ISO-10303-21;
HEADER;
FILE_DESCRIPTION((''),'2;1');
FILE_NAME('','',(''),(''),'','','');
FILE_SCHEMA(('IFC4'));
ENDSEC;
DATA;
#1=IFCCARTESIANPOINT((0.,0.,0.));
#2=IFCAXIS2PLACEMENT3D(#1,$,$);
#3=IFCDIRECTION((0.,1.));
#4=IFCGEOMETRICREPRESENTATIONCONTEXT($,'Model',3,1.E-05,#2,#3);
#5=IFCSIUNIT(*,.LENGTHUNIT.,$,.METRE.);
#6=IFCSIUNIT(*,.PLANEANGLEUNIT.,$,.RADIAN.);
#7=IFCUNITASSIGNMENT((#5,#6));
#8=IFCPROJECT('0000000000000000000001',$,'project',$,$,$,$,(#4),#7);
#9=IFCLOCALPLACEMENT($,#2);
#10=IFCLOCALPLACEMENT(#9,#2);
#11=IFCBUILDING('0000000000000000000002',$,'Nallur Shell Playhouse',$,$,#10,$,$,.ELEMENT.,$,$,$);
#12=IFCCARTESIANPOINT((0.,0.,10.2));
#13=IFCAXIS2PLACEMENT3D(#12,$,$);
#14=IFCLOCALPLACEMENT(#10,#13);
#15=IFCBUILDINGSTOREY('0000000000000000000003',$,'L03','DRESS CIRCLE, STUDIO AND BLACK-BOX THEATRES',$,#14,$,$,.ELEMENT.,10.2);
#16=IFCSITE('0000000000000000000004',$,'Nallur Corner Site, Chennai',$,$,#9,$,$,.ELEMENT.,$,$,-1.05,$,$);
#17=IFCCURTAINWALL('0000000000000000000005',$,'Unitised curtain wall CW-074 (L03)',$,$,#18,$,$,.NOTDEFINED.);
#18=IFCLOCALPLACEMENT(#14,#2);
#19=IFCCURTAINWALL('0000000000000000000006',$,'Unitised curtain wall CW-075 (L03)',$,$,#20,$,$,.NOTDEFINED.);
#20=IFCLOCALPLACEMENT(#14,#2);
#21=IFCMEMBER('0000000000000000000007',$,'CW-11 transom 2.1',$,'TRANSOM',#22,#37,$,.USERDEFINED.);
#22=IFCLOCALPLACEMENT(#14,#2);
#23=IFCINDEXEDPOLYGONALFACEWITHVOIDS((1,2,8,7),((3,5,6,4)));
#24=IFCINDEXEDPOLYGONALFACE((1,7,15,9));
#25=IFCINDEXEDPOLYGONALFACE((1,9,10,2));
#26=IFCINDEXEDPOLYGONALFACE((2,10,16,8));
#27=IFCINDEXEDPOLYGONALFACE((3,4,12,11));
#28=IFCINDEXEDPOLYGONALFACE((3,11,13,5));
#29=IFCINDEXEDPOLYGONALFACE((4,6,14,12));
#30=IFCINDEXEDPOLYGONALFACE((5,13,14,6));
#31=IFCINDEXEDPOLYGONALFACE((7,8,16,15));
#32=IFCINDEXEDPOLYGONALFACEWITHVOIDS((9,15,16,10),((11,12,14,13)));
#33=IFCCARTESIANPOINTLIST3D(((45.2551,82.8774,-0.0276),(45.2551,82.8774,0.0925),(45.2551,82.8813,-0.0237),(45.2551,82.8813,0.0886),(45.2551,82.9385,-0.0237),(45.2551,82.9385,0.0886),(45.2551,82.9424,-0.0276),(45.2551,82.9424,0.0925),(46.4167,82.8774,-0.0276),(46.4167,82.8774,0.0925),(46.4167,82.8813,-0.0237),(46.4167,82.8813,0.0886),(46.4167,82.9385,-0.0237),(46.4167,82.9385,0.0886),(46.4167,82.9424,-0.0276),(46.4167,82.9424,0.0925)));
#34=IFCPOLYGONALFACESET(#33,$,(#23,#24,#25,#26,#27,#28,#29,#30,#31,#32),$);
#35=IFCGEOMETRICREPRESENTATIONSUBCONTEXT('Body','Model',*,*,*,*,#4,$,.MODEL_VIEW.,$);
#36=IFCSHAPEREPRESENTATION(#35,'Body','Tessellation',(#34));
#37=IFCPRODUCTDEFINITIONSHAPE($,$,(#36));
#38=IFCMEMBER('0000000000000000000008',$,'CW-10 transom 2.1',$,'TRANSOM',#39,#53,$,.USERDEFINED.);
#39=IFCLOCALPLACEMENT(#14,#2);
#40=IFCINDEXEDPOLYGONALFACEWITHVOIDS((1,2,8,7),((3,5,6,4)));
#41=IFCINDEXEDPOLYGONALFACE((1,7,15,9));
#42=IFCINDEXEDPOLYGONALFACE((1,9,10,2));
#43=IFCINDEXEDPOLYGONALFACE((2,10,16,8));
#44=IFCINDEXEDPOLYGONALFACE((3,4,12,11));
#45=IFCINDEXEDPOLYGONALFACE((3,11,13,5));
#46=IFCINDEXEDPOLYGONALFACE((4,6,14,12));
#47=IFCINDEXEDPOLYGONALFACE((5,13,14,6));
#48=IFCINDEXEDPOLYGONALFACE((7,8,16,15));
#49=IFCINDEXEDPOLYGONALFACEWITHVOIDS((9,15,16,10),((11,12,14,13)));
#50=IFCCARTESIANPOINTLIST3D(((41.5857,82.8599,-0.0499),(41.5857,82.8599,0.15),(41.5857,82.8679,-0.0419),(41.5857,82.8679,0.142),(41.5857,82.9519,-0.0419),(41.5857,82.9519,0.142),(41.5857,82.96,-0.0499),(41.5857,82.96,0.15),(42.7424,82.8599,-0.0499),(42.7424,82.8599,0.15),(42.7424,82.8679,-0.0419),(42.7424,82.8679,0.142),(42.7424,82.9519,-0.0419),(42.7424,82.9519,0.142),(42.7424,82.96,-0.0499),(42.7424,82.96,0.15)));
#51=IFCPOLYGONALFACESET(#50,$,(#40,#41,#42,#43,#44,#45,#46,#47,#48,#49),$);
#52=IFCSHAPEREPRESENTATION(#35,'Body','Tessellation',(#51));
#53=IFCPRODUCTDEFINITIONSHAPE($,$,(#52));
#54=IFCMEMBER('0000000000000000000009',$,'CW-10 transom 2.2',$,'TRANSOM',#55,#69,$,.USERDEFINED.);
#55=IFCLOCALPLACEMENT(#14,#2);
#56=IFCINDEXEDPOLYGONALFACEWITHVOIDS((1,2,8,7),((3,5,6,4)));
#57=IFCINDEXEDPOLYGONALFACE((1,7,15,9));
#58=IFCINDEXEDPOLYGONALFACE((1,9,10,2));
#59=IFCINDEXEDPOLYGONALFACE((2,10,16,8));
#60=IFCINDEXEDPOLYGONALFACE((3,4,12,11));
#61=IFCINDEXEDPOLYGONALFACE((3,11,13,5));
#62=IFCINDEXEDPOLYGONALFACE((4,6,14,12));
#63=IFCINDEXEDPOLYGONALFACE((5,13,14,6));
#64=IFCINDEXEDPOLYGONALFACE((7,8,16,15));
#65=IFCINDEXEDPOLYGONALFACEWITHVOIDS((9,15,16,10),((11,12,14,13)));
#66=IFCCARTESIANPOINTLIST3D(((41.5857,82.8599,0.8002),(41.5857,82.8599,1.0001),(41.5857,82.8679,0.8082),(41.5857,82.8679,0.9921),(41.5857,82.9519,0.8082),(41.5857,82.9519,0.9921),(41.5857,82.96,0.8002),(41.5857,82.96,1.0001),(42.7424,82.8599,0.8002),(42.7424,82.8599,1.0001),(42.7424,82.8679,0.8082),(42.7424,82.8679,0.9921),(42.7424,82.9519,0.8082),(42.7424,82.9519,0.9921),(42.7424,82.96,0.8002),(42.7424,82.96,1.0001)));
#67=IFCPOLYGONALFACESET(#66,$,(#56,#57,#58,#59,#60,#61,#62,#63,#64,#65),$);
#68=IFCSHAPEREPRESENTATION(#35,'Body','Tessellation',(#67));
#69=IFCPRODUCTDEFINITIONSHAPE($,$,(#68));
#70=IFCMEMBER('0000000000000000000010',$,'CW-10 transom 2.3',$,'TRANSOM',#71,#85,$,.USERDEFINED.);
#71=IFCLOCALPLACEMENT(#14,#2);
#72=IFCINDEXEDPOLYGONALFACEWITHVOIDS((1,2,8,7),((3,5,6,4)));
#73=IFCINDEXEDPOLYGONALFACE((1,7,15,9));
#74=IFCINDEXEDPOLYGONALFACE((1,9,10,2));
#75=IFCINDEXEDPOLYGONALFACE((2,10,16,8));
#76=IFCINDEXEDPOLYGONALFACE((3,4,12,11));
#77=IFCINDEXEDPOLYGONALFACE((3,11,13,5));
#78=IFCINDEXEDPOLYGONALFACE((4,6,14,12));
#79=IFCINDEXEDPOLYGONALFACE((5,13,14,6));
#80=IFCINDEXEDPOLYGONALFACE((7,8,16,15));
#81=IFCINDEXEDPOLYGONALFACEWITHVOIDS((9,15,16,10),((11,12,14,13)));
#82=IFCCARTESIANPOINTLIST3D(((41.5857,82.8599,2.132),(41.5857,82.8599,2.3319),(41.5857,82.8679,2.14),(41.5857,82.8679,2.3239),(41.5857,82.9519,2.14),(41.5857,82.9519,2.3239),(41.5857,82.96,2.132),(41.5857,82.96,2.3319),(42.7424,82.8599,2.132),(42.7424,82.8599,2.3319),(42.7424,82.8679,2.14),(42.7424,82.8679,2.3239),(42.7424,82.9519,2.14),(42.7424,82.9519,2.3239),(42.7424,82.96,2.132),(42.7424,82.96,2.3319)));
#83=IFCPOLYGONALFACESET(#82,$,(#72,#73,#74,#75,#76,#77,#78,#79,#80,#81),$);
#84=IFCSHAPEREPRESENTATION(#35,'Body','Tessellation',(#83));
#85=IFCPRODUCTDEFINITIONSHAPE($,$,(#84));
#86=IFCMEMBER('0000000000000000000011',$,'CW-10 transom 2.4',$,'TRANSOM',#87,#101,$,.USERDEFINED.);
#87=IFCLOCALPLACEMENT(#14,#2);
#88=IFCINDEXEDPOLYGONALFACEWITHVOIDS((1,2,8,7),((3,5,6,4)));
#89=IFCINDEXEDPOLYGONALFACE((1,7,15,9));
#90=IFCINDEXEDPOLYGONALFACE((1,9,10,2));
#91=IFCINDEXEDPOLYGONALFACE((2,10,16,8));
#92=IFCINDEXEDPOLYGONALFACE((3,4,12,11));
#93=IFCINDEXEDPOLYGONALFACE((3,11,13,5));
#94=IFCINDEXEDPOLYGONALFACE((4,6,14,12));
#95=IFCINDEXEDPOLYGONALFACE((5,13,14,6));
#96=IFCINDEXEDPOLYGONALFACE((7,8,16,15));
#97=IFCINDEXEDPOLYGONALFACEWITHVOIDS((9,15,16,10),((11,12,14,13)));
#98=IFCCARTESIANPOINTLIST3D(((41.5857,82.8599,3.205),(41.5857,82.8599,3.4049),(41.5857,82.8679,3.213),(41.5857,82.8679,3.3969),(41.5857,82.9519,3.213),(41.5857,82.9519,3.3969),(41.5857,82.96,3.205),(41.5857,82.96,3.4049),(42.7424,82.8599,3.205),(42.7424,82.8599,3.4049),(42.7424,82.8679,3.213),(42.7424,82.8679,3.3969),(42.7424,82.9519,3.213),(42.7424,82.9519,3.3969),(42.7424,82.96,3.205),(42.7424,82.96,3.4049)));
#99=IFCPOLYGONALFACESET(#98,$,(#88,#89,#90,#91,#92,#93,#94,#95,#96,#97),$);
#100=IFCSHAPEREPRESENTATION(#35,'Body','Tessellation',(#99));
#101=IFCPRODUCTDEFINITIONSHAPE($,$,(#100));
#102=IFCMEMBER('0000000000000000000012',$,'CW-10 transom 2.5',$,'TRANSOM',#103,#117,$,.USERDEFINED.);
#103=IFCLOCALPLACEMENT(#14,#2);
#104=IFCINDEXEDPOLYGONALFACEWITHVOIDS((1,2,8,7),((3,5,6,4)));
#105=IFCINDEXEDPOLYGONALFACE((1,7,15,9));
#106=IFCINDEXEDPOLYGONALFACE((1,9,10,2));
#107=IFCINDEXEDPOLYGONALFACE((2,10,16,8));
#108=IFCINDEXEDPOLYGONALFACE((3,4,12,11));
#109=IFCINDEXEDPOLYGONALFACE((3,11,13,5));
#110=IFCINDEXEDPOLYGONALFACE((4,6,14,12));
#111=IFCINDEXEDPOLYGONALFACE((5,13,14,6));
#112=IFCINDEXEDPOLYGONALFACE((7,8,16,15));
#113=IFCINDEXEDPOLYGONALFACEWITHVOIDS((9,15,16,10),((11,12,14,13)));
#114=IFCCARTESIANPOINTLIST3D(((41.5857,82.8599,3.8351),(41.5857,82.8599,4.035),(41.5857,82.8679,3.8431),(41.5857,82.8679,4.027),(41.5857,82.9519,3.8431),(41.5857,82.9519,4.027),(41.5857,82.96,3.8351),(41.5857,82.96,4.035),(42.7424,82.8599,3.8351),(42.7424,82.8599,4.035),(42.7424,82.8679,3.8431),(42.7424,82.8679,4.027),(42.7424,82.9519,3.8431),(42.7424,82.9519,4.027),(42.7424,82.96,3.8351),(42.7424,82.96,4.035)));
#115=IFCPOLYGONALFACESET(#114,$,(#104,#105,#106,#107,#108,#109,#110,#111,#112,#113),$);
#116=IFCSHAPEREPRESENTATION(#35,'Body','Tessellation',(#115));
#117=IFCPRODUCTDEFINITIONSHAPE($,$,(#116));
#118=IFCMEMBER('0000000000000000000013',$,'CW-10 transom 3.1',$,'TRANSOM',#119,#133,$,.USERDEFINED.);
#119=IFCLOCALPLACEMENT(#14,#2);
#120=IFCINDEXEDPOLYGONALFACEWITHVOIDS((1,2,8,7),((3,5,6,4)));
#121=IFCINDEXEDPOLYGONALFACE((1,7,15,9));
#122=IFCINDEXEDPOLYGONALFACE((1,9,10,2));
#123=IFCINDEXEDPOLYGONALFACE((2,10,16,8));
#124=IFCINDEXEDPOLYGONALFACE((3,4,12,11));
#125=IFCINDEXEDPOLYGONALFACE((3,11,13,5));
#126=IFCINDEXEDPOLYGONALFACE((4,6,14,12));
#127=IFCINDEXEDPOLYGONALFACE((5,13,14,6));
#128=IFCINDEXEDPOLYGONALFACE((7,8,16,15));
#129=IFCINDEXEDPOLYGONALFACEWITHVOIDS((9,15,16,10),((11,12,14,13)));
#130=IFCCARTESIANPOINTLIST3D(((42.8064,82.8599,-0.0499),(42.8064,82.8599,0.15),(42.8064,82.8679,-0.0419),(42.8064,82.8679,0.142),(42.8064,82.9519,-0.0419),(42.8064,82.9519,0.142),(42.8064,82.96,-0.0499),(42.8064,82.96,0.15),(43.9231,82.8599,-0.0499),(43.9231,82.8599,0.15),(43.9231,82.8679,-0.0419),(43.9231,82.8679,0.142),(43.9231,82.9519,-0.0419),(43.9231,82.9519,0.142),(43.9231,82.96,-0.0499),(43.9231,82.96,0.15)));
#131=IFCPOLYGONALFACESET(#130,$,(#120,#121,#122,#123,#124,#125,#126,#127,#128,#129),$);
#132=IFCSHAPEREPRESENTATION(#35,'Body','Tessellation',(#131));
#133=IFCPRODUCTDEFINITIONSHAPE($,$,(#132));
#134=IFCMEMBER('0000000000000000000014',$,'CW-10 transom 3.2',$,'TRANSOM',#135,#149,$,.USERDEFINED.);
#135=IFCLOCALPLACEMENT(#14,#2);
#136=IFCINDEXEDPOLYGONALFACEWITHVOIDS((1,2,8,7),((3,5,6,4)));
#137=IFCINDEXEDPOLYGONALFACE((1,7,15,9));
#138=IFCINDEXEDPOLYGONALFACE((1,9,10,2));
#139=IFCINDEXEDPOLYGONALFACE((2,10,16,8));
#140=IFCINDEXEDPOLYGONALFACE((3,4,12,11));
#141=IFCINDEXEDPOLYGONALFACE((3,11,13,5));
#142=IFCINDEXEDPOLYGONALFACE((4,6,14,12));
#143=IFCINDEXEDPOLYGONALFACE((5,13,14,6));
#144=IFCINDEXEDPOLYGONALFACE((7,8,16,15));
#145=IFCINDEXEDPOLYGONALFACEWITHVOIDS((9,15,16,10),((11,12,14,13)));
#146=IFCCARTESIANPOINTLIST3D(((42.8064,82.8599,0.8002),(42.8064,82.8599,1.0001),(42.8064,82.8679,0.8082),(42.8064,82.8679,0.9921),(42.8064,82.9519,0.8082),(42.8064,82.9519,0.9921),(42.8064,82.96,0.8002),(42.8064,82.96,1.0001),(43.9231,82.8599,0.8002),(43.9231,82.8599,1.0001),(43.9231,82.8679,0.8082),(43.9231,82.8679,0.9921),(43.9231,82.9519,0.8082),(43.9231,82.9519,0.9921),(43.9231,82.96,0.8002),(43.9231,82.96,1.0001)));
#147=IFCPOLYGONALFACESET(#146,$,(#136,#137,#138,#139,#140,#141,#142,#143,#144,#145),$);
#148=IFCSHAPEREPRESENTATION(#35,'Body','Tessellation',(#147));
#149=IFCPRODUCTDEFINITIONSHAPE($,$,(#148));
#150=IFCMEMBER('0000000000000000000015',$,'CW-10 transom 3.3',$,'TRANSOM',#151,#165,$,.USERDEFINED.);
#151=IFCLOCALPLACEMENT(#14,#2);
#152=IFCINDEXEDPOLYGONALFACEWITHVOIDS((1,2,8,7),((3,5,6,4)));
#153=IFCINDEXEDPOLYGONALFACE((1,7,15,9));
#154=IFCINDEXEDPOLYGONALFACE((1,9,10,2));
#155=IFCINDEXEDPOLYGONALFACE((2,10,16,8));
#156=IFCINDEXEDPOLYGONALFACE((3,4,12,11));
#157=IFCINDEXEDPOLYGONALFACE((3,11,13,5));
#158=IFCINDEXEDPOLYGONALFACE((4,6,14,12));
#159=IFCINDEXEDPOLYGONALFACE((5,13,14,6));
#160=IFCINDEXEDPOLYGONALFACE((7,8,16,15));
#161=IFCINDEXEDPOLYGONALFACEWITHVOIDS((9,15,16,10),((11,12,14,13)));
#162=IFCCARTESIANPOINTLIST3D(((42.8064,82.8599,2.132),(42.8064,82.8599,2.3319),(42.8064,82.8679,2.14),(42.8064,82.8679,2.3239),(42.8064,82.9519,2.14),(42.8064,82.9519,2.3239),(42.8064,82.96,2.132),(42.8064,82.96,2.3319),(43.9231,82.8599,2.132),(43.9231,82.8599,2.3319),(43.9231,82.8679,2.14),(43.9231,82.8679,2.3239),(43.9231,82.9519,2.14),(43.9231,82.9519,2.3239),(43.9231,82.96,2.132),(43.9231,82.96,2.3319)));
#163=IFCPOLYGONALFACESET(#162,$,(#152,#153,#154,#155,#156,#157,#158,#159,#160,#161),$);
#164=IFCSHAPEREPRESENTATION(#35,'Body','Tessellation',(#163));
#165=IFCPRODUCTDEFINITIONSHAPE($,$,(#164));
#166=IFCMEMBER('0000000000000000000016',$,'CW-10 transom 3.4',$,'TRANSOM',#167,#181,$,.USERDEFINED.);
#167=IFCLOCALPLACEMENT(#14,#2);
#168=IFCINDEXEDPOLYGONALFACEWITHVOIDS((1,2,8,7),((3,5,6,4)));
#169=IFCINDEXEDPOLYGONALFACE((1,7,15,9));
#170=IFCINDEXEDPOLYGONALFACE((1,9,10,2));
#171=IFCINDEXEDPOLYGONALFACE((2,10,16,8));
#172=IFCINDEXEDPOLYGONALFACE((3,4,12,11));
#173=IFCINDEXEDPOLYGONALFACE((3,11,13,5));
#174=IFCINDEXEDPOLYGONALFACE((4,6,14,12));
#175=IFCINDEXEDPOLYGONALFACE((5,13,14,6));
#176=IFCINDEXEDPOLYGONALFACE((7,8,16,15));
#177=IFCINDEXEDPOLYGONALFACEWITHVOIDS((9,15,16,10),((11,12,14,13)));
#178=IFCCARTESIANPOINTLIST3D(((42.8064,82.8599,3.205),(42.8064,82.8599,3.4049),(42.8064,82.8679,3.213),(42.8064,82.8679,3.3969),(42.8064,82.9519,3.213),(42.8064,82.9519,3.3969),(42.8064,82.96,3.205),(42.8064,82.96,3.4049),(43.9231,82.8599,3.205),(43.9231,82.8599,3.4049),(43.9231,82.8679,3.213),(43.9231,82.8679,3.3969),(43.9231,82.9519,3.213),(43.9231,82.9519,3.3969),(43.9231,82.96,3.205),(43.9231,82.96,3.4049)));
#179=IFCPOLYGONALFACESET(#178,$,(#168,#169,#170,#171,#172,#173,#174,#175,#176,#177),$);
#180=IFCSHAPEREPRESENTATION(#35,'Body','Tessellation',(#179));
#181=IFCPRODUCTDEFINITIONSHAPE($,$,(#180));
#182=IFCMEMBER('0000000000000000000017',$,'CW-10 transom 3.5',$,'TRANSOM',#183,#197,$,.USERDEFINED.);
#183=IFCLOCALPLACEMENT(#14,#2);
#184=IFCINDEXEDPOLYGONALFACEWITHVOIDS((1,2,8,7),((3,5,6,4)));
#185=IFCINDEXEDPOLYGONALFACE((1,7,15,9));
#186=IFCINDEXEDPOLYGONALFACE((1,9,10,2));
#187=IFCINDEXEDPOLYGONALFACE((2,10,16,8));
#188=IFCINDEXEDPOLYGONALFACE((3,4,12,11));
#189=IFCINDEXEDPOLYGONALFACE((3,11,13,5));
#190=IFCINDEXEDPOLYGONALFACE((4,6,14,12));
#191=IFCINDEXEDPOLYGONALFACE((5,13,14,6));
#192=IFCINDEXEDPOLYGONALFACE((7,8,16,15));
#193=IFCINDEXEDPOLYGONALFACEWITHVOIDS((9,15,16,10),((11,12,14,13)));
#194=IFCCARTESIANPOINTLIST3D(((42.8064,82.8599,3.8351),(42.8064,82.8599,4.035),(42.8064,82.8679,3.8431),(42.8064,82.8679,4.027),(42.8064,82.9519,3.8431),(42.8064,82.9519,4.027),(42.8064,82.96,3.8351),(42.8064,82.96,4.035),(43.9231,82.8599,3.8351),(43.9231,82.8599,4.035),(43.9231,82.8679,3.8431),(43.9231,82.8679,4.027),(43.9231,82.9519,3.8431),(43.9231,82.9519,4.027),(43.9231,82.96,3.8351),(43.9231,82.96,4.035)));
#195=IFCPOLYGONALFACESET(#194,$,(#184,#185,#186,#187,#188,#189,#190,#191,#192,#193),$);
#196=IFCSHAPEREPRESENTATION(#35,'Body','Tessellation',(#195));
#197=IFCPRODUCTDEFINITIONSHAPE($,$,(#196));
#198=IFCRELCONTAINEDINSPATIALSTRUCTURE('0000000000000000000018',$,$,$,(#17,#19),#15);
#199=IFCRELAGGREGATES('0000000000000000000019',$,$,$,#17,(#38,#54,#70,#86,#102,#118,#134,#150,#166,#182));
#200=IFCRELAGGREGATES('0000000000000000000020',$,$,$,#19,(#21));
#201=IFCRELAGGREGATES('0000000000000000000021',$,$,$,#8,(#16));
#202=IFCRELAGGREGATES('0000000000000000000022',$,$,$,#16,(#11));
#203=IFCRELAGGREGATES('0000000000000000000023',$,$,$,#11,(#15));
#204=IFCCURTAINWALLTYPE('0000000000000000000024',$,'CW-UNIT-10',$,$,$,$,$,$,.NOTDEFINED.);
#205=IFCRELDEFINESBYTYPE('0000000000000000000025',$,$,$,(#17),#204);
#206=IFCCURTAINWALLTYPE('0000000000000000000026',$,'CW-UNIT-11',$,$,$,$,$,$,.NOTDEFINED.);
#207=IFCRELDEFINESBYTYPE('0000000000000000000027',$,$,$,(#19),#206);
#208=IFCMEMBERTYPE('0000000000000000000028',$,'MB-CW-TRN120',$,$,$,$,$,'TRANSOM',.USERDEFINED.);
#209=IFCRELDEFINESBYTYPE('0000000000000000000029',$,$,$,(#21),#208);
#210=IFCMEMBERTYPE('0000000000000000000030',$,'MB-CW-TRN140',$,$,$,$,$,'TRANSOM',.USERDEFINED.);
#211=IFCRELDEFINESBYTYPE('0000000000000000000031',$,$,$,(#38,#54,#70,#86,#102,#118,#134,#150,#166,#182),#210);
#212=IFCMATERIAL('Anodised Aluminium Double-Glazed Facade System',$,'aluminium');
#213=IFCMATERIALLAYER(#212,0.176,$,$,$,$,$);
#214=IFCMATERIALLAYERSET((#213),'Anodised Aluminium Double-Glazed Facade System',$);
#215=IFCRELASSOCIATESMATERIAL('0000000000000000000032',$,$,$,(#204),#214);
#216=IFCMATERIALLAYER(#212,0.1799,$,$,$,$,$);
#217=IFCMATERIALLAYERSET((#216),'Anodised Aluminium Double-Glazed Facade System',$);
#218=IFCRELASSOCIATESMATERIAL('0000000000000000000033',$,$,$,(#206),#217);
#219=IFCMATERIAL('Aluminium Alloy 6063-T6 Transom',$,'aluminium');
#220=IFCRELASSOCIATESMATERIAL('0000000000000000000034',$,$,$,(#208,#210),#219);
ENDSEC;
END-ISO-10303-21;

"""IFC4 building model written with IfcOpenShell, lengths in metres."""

from ifc_helpers import new_model, si_unit, direction, frame, origin, origin_2d, place, context, subcontext, project, spatial, hollow_rectangle, extrude, material, layer, layer_set, material_profile, profile_set, type_object, element, aggregate, save


model = new_model("IFC4")

# Units and contexts
model_context = context("Model", 3, precision=1e-05, world=origin(), true_north=direction((0.0, 1.0)))
body_context = subcontext(model_context, "Body", "Model", "MODEL_VIEW")
ifc_project = project(units=[si_unit("LENGTHUNIT", "METRE"), si_unit("PLANEANGLEUNIT", "RADIAN")], contexts=[model_context])

# Site, building, storey
site_placement = place(None, origin())
site = spatial("IfcSite", under=ifc_project, at=site_placement, Name="Nallur Corner Site, Chennai", CompositionType="ELEMENT", RefElevation=-1.05)
building_placement = place(site_placement, origin())
building = spatial("IfcBuilding", under=site, at=building_placement, Name="Nallur Shell Playhouse", CompositionType="ELEMENT")
storey_placement = place(building_placement, frame((0.0, 0.0, 10.2)))
storey = spatial("IfcBuildingStorey", under=building, at=storey_placement, Name="L03", Description="DRESS CIRCLE, STUDIO AND BLACK-BOX THEATRES", CompositionType="ELEMENT", Elevation=10.2)

# Curtain walls, member
ifc_material_1 = material(Name="Anodised Aluminium Double-Glazed Facade System", Category="aluminium")
ifc_layer_1 = layer(ifc_material_1, 0.176)
ifc_layer_set_1 = layer_set([ifc_layer_1], Name="Anodised Aluminium Double-Glazed Facade System")
curtain_wall_type_1 = type_object("IfcCurtainWallType", Name="CW-UNIT-10", PredefinedType="NOTDEFINED", material=ifc_layer_set_1)
curtain_wall_1_placement = place(storey_placement, origin())
curtain_wall_1 = element("IfcCurtainWall", 1, at=curtain_wall_1_placement, inside=storey, type_object=curtain_wall_type_1, Name="Unitised curtain wall CW-074 (L03)", PredefinedType="NOTDEFINED")
ifc_layer_2 = layer(ifc_material_1, 0.1799)
ifc_layer_set_2 = layer_set([ifc_layer_2], Name="Anodised Aluminium Double-Glazed Facade System")
curtain_wall_type_2 = type_object("IfcCurtainWallType", Name="CW-UNIT-11", PredefinedType="NOTDEFINED", material=ifc_layer_set_2)
curtain_wall_2_placement = place(storey_placement, origin())
curtain_wall_2 = element("IfcCurtainWall", 2, at=curtain_wall_2_placement, inside=storey, type_object=curtain_wall_type_2, Name="Unitised curtain wall CW-075 (L03)", PredefinedType="NOTDEFINED")
ifc_material_2 = material(Name="Aluminium Alloy 6063-T6 Transom", Category="aluminium")
ifc_material_profile_1 = material_profile(ifc_material_2, hollow_rectangle(XDim=0.0649, YDim=0.1201, WallThickness=0.0039, at=origin_2d()), Name="ALU 65x120x4")
ifc_profile_set_1 = profile_set([ifc_material_profile_1], Name="Aluminium Alloy 6063-T6 Transom")
member_type_1 = type_object("IfcMemberType", Name="MB-CW-TRN120", ElementType="TRANSOM", PredefinedType="USERDEFINED", material=ifc_profile_set_1)
member_1_placement = place(storey_placement, frame((45.2551, 82.9099, 0.0325), z_axis=(1.0, 0.0, 0.0), x_axis=(0.0, 1.0, 0.0)))
member_1 = element("IfcMember", 3, at=member_1_placement, type_object=member_type_1, Name="CW-11 transom 2.1", ObjectType="TRANSOM", PredefinedType="USERDEFINED", context=body_context, shape_type="SweptSolid", body=[
    extrude(hollow_rectangle(XDim=0.0649, YDim=0.1201, WallThickness=0.0039, at=origin_2d()), origin(), (0.0, 0.0, 1.0), 1.1616),
])

# Members
ifc_material_profile_2 = material_profile(ifc_material_2, hollow_rectangle(XDim=0.1001, YDim=0.2, WallThickness=0.0081, at=origin_2d()), Name="RHS 200x100x8")
ifc_profile_set_2 = profile_set([ifc_material_profile_2], Name="Aluminium Alloy 6063-T6 Transom")
member_type_2 = type_object("IfcMemberType", Name="MB-CW-TRN140", ElementType="TRANSOM", PredefinedType="USERDEFINED", material=ifc_profile_set_2)
member_2_placement = place(storey_placement, frame((41.5857, 82.9099, 0.05), z_axis=(1.0, 0.0, 0.0), x_axis=(0.0, 1.0, 0.0)))
member_2 = element("IfcMember", 4, at=member_2_placement, type_object=member_type_2, Name="CW-10 transom 2.1", ObjectType="TRANSOM", PredefinedType="USERDEFINED", context=body_context, shape_type="SweptSolid", body=[
    extrude(hollow_rectangle(XDim=0.1001, YDim=0.2, WallThickness=0.0081, at=origin_2d()), origin(), (0.0, 0.0, 1.0), 1.1567),
])
member_3_placement = place(storey_placement, frame((41.5857, 82.9099, 0.9001), z_axis=(1.0, 0.0, 0.0), x_axis=(0.0, 1.0, 0.0)))
member_3 = element("IfcMember", 5, at=member_3_placement, type_object=member_type_2, Name="CW-10 transom 2.2", ObjectType="TRANSOM", PredefinedType="USERDEFINED", context=body_context, shape_type="SweptSolid", body=[
    extrude(hollow_rectangle(XDim=0.1001, YDim=0.2, WallThickness=0.0081, at=origin_2d()), origin(), (0.0, 0.0, 1.0), 1.1567),
])
member_4_placement = place(storey_placement, frame((41.5857, 82.9099, 2.2319), z_axis=(1.0, 0.0, 0.0), x_axis=(0.0, 1.0, 0.0)))
member_4 = element("IfcMember", 6, at=member_4_placement, type_object=member_type_2, Name="CW-10 transom 2.3", ObjectType="TRANSOM", PredefinedType="USERDEFINED", context=body_context, shape_type="SweptSolid", body=[
    extrude(hollow_rectangle(XDim=0.1001, YDim=0.2, WallThickness=0.0081, at=origin_2d()), origin(), (0.0, 0.0, 1.0), 1.1567),
])
member_5_placement = place(storey_placement, frame((41.5857, 82.9099, 3.3049), z_axis=(1.0, 0.0, 0.0), x_axis=(0.0, 1.0, 0.0)))
member_5 = element("IfcMember", 7, at=member_5_placement, type_object=member_type_2, Name="CW-10 transom 2.4", ObjectType="TRANSOM", PredefinedType="USERDEFINED", context=body_context, shape_type="SweptSolid", body=[
    extrude(hollow_rectangle(XDim=0.1001, YDim=0.2, WallThickness=0.0081, at=origin_2d()), origin(), (0.0, 0.0, 1.0), 1.1567),
])
member_6_placement = place(storey_placement, frame((41.5857, 82.9099, 3.9351), z_axis=(1.0, 0.0, 0.0), x_axis=(0.0, 1.0, 0.0)))
member_6 = element("IfcMember", 8, at=member_6_placement, type_object=member_type_2, Name="CW-10 transom 2.5", ObjectType="TRANSOM", PredefinedType="USERDEFINED", context=body_context, shape_type="SweptSolid", body=[
    extrude(hollow_rectangle(XDim=0.1001, YDim=0.2, WallThickness=0.0081, at=origin_2d()), origin(), (0.0, 0.0, 1.0), 1.1567),
])
member_7_placement = place(storey_placement, frame((42.8064, 82.9099, 0.05), z_axis=(1.0, 0.0, 0.0), x_axis=(0.0, 1.0, 0.0)))
member_7 = element("IfcMember", 9, at=member_7_placement, type_object=member_type_2, Name="CW-10 transom 3.1", ObjectType="TRANSOM", PredefinedType="USERDEFINED", context=body_context, shape_type="SweptSolid", body=[
    extrude(hollow_rectangle(XDim=0.1001, YDim=0.2, WallThickness=0.0081, at=origin_2d()), origin(), (0.0, 0.0, 1.0), 1.1167),
])
member_8_placement = place(storey_placement, frame((42.8064, 82.9099, 0.9001), z_axis=(1.0, 0.0, 0.0), x_axis=(0.0, 1.0, 0.0)))
member_8 = element("IfcMember", 10, at=member_8_placement, type_object=member_type_2, Name="CW-10 transom 3.2", ObjectType="TRANSOM", PredefinedType="USERDEFINED", context=body_context, shape_type="SweptSolid", body=[
    extrude(hollow_rectangle(XDim=0.1001, YDim=0.2, WallThickness=0.0081, at=origin_2d()), origin(), (0.0, 0.0, 1.0), 1.1167),
])
member_9_placement = place(storey_placement, frame((42.8064, 82.9099, 2.2319), z_axis=(1.0, 0.0, 0.0), x_axis=(0.0, 1.0, 0.0)))
member_9 = element("IfcMember", 11, at=member_9_placement, type_object=member_type_2, Name="CW-10 transom 3.3", ObjectType="TRANSOM", PredefinedType="USERDEFINED", context=body_context, shape_type="SweptSolid", body=[
    extrude(hollow_rectangle(XDim=0.1001, YDim=0.2, WallThickness=0.0081, at=origin_2d()), origin(), (0.0, 0.0, 1.0), 1.1167),
])
member_10_placement = place(storey_placement, frame((42.8064, 82.9099, 3.3049), z_axis=(1.0, 0.0, 0.0), x_axis=(0.0, 1.0, 0.0)))
member_10 = element("IfcMember", 12, at=member_10_placement, type_object=member_type_2, Name="CW-10 transom 3.4", ObjectType="TRANSOM", PredefinedType="USERDEFINED", context=body_context, shape_type="SweptSolid", body=[
    extrude(hollow_rectangle(XDim=0.1001, YDim=0.2, WallThickness=0.0081, at=origin_2d()), origin(), (0.0, 0.0, 1.0), 1.1167),
])
member_11_placement = place(storey_placement, frame((42.8064, 82.9099, 3.9351), z_axis=(1.0, 0.0, 0.0), x_axis=(0.0, 1.0, 0.0)))
member_11 = element("IfcMember", 13, at=member_11_placement, type_object=member_type_2, Name="CW-10 transom 3.5", ObjectType="TRANSOM", PredefinedType="USERDEFINED", context=body_context, shape_type="SweptSolid", body=[
    extrude(hollow_rectangle(XDim=0.1001, YDim=0.2, WallThickness=0.0081, at=origin_2d()), origin(), (0.0, 0.0, 1.0), 1.1167),
])

aggregate(curtain_wall_1, [member_2, member_3, member_4, member_5, member_6, member_7, member_8, member_9, member_10, member_11])
aggregate(curtain_wall_2, [member_1])

save(model, "model.ifc")
